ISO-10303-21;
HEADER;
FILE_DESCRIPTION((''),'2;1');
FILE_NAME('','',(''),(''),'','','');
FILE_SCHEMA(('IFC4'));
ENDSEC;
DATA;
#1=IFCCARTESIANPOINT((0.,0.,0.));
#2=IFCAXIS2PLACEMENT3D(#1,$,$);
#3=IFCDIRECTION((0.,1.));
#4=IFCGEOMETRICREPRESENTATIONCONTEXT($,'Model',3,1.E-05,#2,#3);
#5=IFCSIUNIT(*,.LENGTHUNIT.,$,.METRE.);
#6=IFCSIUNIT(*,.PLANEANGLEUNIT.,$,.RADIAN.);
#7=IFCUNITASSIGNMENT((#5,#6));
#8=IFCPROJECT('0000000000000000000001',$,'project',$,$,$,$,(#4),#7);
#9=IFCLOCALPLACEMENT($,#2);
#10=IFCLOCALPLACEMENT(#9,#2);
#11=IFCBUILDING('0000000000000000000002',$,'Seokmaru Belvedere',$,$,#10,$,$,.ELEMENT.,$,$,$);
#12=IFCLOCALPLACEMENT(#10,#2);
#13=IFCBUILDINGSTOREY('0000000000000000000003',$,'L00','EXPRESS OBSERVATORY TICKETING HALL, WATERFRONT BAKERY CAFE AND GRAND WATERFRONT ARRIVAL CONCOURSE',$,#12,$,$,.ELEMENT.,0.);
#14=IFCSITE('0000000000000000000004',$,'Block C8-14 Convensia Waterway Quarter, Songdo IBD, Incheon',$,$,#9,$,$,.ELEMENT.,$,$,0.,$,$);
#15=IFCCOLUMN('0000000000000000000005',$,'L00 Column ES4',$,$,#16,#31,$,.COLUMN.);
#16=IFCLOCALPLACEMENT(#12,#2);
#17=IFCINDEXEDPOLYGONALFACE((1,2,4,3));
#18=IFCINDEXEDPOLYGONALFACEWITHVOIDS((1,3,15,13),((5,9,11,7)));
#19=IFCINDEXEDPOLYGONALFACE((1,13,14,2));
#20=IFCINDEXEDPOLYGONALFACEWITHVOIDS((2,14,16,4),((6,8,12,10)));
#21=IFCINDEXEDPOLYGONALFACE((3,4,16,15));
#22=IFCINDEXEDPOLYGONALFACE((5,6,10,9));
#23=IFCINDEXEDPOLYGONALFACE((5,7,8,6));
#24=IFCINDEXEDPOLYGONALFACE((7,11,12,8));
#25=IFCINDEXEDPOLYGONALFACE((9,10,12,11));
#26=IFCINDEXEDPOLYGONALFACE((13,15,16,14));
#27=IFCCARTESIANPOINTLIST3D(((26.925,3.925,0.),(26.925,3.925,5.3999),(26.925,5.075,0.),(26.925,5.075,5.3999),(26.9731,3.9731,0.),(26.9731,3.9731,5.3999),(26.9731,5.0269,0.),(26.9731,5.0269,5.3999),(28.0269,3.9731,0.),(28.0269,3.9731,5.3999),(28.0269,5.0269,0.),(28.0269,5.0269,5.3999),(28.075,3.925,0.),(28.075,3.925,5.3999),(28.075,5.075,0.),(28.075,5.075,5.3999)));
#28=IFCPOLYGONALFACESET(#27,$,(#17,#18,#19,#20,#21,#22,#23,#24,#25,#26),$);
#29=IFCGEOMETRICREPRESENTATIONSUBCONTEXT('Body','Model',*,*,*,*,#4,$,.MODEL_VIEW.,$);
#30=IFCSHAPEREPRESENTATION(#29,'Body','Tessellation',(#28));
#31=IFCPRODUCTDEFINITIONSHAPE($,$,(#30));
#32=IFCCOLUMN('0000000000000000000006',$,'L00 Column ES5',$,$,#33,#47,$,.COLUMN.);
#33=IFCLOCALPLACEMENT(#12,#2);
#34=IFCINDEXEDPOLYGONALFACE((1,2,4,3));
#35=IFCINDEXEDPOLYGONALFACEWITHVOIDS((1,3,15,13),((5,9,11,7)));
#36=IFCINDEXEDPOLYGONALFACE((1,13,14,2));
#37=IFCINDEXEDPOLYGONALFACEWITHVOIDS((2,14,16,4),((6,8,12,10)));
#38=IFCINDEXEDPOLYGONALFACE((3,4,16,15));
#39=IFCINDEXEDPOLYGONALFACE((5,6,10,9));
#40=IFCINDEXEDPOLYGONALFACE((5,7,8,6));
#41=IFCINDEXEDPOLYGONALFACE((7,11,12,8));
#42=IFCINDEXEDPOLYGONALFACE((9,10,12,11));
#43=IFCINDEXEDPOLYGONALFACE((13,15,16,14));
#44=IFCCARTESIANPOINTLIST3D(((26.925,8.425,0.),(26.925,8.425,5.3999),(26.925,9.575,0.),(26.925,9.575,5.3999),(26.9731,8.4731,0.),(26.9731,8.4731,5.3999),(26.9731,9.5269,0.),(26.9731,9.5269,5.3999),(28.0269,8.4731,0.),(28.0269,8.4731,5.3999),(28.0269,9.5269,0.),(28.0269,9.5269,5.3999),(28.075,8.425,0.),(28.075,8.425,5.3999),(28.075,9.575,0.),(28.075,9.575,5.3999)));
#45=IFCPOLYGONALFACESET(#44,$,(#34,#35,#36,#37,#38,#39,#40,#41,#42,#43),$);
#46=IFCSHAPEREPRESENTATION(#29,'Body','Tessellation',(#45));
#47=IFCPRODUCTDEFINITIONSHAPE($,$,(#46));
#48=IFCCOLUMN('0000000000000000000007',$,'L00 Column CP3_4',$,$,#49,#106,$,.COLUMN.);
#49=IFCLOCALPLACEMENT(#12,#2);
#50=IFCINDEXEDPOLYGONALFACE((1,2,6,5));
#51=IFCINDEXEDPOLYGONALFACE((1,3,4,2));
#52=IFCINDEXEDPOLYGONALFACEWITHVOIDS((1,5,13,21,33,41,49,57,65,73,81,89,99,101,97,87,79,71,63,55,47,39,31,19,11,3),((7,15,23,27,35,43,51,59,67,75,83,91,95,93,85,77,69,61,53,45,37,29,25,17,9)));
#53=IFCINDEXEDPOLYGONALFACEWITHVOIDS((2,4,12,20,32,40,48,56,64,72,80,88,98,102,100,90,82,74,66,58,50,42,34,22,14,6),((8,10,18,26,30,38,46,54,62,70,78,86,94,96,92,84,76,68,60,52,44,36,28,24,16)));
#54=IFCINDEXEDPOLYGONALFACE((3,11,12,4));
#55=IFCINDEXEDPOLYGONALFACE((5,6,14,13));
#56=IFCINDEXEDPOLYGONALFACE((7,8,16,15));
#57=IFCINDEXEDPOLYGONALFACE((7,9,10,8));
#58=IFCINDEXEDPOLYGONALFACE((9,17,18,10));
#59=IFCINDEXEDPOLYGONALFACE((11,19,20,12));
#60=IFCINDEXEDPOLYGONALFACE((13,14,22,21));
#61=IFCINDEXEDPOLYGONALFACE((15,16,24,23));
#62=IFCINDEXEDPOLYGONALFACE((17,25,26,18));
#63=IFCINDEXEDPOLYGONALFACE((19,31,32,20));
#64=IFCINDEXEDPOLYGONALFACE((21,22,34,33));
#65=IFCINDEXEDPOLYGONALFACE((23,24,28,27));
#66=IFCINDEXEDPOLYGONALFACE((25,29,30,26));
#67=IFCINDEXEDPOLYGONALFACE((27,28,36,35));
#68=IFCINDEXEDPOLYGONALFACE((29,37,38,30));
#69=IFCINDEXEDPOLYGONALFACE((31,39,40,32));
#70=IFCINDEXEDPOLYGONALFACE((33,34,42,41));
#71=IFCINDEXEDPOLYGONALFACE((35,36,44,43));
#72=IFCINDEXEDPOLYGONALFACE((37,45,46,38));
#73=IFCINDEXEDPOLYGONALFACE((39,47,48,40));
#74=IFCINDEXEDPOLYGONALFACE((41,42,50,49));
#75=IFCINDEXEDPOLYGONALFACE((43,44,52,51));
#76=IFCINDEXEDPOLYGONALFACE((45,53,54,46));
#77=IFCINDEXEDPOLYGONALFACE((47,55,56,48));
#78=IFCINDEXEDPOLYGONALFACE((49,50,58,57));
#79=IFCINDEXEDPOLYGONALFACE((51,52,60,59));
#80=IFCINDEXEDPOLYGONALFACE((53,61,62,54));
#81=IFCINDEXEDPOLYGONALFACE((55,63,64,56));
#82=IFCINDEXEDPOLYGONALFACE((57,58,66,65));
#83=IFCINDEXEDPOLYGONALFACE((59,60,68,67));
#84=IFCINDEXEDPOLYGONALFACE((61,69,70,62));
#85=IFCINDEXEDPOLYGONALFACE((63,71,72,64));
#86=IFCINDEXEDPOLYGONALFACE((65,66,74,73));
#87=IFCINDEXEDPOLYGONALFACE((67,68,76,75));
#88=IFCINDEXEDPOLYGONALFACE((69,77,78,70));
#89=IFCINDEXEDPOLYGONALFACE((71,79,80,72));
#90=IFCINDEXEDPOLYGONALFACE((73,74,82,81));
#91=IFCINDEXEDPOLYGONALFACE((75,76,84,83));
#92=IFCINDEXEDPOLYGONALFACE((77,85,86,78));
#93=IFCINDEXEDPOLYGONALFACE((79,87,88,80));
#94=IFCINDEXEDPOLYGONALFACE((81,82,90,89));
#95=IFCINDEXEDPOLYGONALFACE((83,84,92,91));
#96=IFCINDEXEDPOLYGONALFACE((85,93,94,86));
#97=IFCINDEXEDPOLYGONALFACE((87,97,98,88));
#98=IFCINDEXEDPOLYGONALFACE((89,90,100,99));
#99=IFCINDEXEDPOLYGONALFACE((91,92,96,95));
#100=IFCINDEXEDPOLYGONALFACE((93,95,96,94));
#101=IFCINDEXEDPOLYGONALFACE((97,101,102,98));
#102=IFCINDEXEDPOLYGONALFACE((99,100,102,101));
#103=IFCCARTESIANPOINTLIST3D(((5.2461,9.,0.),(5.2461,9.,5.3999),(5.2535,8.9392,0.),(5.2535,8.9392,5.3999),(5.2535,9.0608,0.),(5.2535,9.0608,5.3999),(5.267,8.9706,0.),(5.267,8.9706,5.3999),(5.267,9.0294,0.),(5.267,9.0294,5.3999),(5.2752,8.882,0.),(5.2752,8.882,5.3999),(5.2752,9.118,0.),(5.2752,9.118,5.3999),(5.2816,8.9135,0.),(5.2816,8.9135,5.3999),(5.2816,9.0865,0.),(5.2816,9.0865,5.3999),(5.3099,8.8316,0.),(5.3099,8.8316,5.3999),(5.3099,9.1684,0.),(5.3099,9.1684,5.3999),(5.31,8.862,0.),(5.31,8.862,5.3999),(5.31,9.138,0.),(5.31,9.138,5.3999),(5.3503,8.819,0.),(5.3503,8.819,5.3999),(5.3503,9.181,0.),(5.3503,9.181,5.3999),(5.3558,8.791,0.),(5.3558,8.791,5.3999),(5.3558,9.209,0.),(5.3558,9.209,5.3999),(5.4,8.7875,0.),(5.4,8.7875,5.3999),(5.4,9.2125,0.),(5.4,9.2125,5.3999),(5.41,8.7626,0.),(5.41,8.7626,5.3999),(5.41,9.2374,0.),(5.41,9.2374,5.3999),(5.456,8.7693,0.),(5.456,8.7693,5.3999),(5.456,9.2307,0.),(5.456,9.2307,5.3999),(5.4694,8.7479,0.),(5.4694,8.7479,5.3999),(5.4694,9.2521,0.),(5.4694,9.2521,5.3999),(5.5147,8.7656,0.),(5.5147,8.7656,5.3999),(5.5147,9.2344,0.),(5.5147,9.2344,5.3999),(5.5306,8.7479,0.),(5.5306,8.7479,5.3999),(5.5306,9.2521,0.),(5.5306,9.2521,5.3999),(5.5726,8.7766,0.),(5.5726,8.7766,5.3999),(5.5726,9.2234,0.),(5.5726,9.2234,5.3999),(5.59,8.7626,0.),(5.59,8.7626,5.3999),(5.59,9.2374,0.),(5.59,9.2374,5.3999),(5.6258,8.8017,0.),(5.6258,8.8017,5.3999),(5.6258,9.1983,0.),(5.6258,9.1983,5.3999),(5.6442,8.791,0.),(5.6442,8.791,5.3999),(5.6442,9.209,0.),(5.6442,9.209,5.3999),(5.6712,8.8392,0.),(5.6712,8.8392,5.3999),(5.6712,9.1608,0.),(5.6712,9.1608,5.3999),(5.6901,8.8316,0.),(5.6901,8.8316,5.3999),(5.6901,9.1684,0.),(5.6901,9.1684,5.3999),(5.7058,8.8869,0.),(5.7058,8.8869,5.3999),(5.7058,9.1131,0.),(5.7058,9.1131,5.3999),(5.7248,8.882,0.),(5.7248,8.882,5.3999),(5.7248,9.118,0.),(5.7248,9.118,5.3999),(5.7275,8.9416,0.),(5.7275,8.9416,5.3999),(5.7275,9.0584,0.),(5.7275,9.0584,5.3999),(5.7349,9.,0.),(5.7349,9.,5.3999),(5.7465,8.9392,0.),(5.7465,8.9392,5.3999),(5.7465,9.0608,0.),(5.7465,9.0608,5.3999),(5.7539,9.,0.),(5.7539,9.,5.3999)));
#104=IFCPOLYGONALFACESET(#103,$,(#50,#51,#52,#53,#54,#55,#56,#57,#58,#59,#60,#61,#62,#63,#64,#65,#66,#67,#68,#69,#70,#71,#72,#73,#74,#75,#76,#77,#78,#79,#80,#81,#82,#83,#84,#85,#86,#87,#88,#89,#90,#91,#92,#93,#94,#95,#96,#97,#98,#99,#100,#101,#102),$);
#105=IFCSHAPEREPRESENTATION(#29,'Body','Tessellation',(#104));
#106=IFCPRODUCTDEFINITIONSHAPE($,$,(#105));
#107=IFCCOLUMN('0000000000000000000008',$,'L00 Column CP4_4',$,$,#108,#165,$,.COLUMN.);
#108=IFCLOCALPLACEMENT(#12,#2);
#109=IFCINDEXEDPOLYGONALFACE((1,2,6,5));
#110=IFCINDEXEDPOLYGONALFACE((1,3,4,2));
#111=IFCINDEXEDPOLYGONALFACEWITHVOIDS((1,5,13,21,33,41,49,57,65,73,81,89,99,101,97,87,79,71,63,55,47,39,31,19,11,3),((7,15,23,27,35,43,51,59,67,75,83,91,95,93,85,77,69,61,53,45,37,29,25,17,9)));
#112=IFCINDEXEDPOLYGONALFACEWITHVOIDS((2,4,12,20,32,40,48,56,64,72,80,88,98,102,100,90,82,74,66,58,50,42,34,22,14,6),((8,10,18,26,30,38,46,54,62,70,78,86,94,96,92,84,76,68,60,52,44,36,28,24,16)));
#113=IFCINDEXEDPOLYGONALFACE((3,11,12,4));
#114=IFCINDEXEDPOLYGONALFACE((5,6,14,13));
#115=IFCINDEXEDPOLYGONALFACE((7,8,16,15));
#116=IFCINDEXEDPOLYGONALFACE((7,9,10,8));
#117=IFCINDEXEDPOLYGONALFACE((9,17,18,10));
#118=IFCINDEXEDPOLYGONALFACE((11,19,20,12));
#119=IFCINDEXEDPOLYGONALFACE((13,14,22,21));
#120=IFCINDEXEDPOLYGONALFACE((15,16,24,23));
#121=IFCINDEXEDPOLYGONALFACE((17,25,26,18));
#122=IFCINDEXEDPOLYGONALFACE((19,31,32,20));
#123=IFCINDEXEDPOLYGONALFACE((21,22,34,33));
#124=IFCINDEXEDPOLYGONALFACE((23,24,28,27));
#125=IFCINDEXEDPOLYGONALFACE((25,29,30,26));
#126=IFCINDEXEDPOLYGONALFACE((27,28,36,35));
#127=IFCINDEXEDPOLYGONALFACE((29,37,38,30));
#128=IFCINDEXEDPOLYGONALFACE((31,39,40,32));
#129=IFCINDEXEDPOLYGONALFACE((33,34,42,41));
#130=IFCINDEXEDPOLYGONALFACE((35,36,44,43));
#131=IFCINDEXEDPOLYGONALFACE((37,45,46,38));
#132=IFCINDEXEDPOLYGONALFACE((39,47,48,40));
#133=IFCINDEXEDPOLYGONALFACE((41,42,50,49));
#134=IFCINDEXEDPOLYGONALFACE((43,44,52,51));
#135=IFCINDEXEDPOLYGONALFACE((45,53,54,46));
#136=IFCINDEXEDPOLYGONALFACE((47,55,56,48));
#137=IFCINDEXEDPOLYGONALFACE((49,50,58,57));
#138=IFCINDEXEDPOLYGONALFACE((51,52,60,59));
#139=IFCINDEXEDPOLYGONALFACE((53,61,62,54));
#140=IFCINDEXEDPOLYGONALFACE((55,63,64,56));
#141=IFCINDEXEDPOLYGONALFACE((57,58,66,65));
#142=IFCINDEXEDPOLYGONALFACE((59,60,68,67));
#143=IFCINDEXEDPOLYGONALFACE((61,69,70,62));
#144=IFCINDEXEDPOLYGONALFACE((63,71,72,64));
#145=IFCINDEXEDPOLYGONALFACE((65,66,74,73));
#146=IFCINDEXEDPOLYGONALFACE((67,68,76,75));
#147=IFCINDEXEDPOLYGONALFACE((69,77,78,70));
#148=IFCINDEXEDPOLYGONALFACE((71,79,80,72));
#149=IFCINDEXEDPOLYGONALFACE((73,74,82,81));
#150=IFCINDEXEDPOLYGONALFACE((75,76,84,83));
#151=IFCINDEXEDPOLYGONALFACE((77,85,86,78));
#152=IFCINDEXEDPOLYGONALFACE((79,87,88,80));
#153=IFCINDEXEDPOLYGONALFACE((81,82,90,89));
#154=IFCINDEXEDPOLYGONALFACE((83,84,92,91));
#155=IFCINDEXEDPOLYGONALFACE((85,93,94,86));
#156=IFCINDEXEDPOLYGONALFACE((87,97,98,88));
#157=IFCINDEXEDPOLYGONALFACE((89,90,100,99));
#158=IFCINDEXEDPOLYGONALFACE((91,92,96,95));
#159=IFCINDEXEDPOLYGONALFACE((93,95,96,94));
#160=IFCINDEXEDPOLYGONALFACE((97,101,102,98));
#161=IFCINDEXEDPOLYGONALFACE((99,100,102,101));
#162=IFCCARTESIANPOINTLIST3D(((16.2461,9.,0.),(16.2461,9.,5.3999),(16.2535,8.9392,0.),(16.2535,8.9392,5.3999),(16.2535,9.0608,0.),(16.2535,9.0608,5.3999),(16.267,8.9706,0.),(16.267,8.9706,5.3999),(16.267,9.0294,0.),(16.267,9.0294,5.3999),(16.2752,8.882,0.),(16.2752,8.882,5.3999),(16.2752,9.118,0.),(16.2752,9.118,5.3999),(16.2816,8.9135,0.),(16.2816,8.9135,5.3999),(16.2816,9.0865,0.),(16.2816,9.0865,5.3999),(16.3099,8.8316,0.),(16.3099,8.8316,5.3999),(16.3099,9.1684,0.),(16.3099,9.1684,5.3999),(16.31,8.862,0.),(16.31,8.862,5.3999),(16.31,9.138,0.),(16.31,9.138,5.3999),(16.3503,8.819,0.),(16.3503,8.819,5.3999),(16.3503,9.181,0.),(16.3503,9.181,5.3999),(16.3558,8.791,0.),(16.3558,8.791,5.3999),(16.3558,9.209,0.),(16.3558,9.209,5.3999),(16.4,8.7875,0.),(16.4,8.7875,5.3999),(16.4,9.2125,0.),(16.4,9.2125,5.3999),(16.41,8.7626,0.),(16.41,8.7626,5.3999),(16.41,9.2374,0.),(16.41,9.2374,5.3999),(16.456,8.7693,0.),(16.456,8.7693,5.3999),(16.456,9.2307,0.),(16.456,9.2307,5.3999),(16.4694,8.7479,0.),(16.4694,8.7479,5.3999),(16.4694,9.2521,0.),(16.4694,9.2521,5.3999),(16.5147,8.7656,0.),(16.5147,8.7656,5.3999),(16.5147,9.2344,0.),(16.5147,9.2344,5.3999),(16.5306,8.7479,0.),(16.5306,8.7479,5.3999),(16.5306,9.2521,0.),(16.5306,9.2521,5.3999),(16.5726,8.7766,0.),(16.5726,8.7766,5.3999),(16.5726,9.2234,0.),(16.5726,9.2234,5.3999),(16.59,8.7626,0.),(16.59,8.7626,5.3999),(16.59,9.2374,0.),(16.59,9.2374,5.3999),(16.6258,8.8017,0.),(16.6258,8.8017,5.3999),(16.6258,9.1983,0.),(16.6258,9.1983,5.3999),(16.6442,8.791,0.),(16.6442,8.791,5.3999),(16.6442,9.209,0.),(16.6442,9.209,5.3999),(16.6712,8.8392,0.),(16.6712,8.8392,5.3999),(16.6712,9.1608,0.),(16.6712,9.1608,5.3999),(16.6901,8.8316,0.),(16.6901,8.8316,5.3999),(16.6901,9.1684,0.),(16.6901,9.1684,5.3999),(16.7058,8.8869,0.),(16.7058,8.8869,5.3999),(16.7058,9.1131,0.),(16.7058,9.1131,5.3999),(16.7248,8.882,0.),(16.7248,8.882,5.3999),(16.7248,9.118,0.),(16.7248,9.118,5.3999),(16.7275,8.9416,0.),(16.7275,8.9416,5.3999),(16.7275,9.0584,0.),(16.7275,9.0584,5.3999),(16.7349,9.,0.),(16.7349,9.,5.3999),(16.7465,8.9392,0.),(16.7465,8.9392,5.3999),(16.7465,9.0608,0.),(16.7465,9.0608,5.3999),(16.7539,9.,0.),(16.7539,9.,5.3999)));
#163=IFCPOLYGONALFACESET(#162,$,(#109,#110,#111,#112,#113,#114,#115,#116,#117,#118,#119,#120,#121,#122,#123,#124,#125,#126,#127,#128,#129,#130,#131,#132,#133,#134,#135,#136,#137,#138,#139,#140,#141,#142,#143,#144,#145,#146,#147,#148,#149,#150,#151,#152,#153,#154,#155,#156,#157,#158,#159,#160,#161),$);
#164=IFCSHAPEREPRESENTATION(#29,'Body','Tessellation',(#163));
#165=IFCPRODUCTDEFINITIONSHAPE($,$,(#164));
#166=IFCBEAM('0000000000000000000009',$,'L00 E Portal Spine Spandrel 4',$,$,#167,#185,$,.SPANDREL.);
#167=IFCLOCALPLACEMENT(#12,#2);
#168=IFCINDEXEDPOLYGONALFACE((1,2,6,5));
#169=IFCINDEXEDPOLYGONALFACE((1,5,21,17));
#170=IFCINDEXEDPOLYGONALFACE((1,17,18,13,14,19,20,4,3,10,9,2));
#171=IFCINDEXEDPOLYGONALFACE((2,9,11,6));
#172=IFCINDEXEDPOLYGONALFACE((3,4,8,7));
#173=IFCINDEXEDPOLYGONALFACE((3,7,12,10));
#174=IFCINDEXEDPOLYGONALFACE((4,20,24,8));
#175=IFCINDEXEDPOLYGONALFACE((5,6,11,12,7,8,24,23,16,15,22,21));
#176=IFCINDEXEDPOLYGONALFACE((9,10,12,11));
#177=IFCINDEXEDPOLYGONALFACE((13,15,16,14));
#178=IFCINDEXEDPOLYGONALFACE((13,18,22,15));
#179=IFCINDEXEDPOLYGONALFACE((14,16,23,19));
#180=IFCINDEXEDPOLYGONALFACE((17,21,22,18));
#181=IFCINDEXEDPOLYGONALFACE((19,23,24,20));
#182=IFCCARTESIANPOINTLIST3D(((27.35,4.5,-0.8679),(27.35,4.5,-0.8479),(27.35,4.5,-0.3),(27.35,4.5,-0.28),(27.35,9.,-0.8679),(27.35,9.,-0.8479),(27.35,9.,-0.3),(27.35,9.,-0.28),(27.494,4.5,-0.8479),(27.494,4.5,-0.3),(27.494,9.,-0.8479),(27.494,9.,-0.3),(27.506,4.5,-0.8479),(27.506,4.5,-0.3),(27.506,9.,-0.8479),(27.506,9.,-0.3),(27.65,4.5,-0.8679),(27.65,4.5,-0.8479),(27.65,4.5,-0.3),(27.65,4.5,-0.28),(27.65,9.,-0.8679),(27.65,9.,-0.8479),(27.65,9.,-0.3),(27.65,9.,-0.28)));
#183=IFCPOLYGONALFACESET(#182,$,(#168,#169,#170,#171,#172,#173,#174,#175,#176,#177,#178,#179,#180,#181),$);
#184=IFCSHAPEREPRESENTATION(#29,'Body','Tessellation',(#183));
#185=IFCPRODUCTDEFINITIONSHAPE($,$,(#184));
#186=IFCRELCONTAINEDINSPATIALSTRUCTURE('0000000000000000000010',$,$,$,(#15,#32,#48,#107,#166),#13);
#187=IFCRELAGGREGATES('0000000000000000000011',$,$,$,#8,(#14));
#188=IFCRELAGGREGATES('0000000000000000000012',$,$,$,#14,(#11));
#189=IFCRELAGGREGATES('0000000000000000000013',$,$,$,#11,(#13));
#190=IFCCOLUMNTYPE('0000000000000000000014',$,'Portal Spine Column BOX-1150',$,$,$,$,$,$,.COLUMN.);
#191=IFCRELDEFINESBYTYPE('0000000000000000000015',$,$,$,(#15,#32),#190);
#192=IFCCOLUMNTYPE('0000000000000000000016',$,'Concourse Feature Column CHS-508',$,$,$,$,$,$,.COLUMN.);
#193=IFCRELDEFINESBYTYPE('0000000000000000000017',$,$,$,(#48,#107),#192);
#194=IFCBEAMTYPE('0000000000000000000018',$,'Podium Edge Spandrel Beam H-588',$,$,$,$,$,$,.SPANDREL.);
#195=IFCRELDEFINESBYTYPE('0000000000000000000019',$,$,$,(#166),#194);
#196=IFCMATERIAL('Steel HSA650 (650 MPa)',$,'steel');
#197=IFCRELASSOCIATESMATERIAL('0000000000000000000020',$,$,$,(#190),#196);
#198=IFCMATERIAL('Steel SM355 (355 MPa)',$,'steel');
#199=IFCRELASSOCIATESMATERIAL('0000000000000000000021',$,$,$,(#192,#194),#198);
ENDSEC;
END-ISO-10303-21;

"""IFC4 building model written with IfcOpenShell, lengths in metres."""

from ifc_helpers import new_model, si_unit, direction, frame, origin, origin_2d, place, context, subcontext, project, spatial, hollow_rectangle, hollow_circle, i_section, extrude, source, transform, mapped, material, material_profile, profile_set, type_object, type_shapes, element, save


model = new_model("IFC4")

# Units and contexts
model_context = context("Model", 3, precision=1e-05, world=origin(), true_north=direction((0.0, 1.0)))
body_context = subcontext(model_context, "Body", "Model", "MODEL_VIEW")
ifc_project = project(units=[si_unit("LENGTHUNIT", "METRE"), si_unit("PLANEANGLEUNIT", "RADIAN")], contexts=[model_context])

# Site, building, storey
site_placement = place(None, origin())
site = spatial("IfcSite", under=ifc_project, at=site_placement, Name="Block C8-14 Convensia Waterway Quarter, Songdo IBD, Incheon", CompositionType="ELEMENT", RefElevation=0.0)
building_placement = place(site_placement, origin())
building = spatial("IfcBuilding", under=site, at=building_placement, Name="Seokmaru Belvedere", CompositionType="ELEMENT")
storey_placement = place(building_placement, origin())
storey = spatial("IfcBuildingStorey", under=building, at=storey_placement, Name="L00", Description="EXPRESS OBSERVATORY TICKETING HALL, WATERFRONT BAKERY CAFE AND GRAND WATERFRONT ARRIVAL CONCOURSE", CompositionType="ELEMENT", Elevation=0.0)

# Columns
ifc_material_1 = material(Name="Steel HSA650 (650 MPa)", Category="steel")
ifc_material_profile_1 = material_profile(ifc_material_1, hollow_rectangle(XDim=1.1499, YDim=1.1499, WallThickness=0.0481, at=origin_2d()), Name="BOX-1150x1150x48")
ifc_profile_set_1 = profile_set([ifc_material_profile_1], Name="Steel HSA650 (650 MPa)")
column_type_1 = type_object("IfcColumnType", Name="Portal Spine Column BOX-1150", PredefinedType="COLUMN", material=ifc_profile_set_1)
shared_shape_1 = source(origin(), body_context, "Body", "SweptSolid", [
    extrude(hollow_rectangle(XDim=1.1499, YDim=1.1499, WallThickness=0.0481, at=origin_2d()), origin(), (0.0, 0.0, 1.0), 5.3999),
])
type_shapes(column_type_1, [shared_shape_1])
for number, where, z_axis, x_axis, name in (
    (1, (27.5, 4.5, 0.0), (0.0, 0.0, 1.0), (1.0, 0.0, 0.0), "L00 Column ES4"),
    (2, (27.5, 9.0, 0.0), (0.0, 0.0, 1.0), (1.0, 0.0, 0.0), "L00 Column ES5"),
):
    element("IfcColumn", number, at=place(storey_placement, frame(where, z_axis=z_axis, x_axis=x_axis)), inside=storey, type_object=column_type_1, Name=name, PredefinedType="COLUMN", context=body_context, shape_type="MappedRepresentation", body=[
        mapped(shared_shape_1, transform((0.0, 0.0, 0.0), scale=1.0)),
    ])
ifc_material_2 = material(Name="Steel SM355 (355 MPa)", Category="steel")
ifc_material_profile_2 = material_profile(ifc_material_2, hollow_circle(Radius=0.2539, WallThickness=0.019, at=origin_2d()), Name="CHS-508.0x19.0")
ifc_profile_set_2 = profile_set([ifc_material_profile_2], Name="Steel SM355 (355 MPa)")
column_type_2 = type_object("IfcColumnType", Name="Concourse Feature Column CHS-508", PredefinedType="COLUMN", material=ifc_profile_set_2)
shared_shape_2 = source(origin(), body_context, "Body", "SweptSolid", [
    extrude(hollow_circle(Radius=0.2539, WallThickness=0.019, at=origin_2d()), origin(), (0.0, 0.0, 1.0), 5.3999),
])
type_shapes(column_type_2, [shared_shape_2])
for number, where, z_axis, x_axis, name in (
    (3, (5.5, 9.0, 0.0), (0.0, 0.0, 1.0), (1.0, 0.0, 0.0), "L00 Column CP3_4"),
    (4, (16.5, 9.0, 0.0), (0.0, 0.0, 1.0), (1.0, 0.0, 0.0), "L00 Column CP4_4"),
):
    element("IfcColumn", number, at=place(storey_placement, frame(where, z_axis=z_axis, x_axis=x_axis)), inside=storey, type_object=column_type_2, Name=name, PredefinedType="COLUMN", context=body_context, shape_type="MappedRepresentation", body=[
        mapped(shared_shape_2, transform((0.0, 0.0, 0.0), scale=1.0)),
    ])

# Beam
ifc_material_profile_3 = material_profile(ifc_material_2, i_section(OverallWidth=0.3, OverallDepth=0.5879, WebThickness=0.012, FlangeThickness=0.02, at=origin_2d()), Name="H-588x300x12x20")
ifc_profile_set_3 = profile_set([ifc_material_profile_3], Name="Steel SM355 (355 MPa)")
beam_type_1 = type_object("IfcBeamType", Name="Podium Edge Spandrel Beam H-588", PredefinedType="SPANDREL", material=ifc_profile_set_3)
shared_shape_3 = source(origin(), body_context, "Body", "SweptSolid", [
    extrude(i_section(OverallWidth=0.3, OverallDepth=0.5879, WebThickness=0.012, FlangeThickness=0.02, at=origin_2d()), origin(), (0.0, 0.0, 1.0), 4.5),
])
type_shapes(beam_type_1, [shared_shape_3])
for number, where, z_axis, x_axis, name in (
    (5, (27.5, 4.5, -0.574), (0.0, 1.0, 0.0), (-1.0, 0.0, 0.0), "L00 E Portal Spine Spandrel 4"),
):
    element("IfcBeam", number, at=place(storey_placement, frame(where, z_axis=z_axis, x_axis=x_axis)), inside=storey, type_object=beam_type_1, Name=name, PredefinedType="SPANDREL", context=body_context, shape_type="MappedRepresentation", body=[
        mapped(shared_shape_3, transform((0.0, 0.0, 0.0), scale=1.0)),
    ])

save(model, "model.ifc")
